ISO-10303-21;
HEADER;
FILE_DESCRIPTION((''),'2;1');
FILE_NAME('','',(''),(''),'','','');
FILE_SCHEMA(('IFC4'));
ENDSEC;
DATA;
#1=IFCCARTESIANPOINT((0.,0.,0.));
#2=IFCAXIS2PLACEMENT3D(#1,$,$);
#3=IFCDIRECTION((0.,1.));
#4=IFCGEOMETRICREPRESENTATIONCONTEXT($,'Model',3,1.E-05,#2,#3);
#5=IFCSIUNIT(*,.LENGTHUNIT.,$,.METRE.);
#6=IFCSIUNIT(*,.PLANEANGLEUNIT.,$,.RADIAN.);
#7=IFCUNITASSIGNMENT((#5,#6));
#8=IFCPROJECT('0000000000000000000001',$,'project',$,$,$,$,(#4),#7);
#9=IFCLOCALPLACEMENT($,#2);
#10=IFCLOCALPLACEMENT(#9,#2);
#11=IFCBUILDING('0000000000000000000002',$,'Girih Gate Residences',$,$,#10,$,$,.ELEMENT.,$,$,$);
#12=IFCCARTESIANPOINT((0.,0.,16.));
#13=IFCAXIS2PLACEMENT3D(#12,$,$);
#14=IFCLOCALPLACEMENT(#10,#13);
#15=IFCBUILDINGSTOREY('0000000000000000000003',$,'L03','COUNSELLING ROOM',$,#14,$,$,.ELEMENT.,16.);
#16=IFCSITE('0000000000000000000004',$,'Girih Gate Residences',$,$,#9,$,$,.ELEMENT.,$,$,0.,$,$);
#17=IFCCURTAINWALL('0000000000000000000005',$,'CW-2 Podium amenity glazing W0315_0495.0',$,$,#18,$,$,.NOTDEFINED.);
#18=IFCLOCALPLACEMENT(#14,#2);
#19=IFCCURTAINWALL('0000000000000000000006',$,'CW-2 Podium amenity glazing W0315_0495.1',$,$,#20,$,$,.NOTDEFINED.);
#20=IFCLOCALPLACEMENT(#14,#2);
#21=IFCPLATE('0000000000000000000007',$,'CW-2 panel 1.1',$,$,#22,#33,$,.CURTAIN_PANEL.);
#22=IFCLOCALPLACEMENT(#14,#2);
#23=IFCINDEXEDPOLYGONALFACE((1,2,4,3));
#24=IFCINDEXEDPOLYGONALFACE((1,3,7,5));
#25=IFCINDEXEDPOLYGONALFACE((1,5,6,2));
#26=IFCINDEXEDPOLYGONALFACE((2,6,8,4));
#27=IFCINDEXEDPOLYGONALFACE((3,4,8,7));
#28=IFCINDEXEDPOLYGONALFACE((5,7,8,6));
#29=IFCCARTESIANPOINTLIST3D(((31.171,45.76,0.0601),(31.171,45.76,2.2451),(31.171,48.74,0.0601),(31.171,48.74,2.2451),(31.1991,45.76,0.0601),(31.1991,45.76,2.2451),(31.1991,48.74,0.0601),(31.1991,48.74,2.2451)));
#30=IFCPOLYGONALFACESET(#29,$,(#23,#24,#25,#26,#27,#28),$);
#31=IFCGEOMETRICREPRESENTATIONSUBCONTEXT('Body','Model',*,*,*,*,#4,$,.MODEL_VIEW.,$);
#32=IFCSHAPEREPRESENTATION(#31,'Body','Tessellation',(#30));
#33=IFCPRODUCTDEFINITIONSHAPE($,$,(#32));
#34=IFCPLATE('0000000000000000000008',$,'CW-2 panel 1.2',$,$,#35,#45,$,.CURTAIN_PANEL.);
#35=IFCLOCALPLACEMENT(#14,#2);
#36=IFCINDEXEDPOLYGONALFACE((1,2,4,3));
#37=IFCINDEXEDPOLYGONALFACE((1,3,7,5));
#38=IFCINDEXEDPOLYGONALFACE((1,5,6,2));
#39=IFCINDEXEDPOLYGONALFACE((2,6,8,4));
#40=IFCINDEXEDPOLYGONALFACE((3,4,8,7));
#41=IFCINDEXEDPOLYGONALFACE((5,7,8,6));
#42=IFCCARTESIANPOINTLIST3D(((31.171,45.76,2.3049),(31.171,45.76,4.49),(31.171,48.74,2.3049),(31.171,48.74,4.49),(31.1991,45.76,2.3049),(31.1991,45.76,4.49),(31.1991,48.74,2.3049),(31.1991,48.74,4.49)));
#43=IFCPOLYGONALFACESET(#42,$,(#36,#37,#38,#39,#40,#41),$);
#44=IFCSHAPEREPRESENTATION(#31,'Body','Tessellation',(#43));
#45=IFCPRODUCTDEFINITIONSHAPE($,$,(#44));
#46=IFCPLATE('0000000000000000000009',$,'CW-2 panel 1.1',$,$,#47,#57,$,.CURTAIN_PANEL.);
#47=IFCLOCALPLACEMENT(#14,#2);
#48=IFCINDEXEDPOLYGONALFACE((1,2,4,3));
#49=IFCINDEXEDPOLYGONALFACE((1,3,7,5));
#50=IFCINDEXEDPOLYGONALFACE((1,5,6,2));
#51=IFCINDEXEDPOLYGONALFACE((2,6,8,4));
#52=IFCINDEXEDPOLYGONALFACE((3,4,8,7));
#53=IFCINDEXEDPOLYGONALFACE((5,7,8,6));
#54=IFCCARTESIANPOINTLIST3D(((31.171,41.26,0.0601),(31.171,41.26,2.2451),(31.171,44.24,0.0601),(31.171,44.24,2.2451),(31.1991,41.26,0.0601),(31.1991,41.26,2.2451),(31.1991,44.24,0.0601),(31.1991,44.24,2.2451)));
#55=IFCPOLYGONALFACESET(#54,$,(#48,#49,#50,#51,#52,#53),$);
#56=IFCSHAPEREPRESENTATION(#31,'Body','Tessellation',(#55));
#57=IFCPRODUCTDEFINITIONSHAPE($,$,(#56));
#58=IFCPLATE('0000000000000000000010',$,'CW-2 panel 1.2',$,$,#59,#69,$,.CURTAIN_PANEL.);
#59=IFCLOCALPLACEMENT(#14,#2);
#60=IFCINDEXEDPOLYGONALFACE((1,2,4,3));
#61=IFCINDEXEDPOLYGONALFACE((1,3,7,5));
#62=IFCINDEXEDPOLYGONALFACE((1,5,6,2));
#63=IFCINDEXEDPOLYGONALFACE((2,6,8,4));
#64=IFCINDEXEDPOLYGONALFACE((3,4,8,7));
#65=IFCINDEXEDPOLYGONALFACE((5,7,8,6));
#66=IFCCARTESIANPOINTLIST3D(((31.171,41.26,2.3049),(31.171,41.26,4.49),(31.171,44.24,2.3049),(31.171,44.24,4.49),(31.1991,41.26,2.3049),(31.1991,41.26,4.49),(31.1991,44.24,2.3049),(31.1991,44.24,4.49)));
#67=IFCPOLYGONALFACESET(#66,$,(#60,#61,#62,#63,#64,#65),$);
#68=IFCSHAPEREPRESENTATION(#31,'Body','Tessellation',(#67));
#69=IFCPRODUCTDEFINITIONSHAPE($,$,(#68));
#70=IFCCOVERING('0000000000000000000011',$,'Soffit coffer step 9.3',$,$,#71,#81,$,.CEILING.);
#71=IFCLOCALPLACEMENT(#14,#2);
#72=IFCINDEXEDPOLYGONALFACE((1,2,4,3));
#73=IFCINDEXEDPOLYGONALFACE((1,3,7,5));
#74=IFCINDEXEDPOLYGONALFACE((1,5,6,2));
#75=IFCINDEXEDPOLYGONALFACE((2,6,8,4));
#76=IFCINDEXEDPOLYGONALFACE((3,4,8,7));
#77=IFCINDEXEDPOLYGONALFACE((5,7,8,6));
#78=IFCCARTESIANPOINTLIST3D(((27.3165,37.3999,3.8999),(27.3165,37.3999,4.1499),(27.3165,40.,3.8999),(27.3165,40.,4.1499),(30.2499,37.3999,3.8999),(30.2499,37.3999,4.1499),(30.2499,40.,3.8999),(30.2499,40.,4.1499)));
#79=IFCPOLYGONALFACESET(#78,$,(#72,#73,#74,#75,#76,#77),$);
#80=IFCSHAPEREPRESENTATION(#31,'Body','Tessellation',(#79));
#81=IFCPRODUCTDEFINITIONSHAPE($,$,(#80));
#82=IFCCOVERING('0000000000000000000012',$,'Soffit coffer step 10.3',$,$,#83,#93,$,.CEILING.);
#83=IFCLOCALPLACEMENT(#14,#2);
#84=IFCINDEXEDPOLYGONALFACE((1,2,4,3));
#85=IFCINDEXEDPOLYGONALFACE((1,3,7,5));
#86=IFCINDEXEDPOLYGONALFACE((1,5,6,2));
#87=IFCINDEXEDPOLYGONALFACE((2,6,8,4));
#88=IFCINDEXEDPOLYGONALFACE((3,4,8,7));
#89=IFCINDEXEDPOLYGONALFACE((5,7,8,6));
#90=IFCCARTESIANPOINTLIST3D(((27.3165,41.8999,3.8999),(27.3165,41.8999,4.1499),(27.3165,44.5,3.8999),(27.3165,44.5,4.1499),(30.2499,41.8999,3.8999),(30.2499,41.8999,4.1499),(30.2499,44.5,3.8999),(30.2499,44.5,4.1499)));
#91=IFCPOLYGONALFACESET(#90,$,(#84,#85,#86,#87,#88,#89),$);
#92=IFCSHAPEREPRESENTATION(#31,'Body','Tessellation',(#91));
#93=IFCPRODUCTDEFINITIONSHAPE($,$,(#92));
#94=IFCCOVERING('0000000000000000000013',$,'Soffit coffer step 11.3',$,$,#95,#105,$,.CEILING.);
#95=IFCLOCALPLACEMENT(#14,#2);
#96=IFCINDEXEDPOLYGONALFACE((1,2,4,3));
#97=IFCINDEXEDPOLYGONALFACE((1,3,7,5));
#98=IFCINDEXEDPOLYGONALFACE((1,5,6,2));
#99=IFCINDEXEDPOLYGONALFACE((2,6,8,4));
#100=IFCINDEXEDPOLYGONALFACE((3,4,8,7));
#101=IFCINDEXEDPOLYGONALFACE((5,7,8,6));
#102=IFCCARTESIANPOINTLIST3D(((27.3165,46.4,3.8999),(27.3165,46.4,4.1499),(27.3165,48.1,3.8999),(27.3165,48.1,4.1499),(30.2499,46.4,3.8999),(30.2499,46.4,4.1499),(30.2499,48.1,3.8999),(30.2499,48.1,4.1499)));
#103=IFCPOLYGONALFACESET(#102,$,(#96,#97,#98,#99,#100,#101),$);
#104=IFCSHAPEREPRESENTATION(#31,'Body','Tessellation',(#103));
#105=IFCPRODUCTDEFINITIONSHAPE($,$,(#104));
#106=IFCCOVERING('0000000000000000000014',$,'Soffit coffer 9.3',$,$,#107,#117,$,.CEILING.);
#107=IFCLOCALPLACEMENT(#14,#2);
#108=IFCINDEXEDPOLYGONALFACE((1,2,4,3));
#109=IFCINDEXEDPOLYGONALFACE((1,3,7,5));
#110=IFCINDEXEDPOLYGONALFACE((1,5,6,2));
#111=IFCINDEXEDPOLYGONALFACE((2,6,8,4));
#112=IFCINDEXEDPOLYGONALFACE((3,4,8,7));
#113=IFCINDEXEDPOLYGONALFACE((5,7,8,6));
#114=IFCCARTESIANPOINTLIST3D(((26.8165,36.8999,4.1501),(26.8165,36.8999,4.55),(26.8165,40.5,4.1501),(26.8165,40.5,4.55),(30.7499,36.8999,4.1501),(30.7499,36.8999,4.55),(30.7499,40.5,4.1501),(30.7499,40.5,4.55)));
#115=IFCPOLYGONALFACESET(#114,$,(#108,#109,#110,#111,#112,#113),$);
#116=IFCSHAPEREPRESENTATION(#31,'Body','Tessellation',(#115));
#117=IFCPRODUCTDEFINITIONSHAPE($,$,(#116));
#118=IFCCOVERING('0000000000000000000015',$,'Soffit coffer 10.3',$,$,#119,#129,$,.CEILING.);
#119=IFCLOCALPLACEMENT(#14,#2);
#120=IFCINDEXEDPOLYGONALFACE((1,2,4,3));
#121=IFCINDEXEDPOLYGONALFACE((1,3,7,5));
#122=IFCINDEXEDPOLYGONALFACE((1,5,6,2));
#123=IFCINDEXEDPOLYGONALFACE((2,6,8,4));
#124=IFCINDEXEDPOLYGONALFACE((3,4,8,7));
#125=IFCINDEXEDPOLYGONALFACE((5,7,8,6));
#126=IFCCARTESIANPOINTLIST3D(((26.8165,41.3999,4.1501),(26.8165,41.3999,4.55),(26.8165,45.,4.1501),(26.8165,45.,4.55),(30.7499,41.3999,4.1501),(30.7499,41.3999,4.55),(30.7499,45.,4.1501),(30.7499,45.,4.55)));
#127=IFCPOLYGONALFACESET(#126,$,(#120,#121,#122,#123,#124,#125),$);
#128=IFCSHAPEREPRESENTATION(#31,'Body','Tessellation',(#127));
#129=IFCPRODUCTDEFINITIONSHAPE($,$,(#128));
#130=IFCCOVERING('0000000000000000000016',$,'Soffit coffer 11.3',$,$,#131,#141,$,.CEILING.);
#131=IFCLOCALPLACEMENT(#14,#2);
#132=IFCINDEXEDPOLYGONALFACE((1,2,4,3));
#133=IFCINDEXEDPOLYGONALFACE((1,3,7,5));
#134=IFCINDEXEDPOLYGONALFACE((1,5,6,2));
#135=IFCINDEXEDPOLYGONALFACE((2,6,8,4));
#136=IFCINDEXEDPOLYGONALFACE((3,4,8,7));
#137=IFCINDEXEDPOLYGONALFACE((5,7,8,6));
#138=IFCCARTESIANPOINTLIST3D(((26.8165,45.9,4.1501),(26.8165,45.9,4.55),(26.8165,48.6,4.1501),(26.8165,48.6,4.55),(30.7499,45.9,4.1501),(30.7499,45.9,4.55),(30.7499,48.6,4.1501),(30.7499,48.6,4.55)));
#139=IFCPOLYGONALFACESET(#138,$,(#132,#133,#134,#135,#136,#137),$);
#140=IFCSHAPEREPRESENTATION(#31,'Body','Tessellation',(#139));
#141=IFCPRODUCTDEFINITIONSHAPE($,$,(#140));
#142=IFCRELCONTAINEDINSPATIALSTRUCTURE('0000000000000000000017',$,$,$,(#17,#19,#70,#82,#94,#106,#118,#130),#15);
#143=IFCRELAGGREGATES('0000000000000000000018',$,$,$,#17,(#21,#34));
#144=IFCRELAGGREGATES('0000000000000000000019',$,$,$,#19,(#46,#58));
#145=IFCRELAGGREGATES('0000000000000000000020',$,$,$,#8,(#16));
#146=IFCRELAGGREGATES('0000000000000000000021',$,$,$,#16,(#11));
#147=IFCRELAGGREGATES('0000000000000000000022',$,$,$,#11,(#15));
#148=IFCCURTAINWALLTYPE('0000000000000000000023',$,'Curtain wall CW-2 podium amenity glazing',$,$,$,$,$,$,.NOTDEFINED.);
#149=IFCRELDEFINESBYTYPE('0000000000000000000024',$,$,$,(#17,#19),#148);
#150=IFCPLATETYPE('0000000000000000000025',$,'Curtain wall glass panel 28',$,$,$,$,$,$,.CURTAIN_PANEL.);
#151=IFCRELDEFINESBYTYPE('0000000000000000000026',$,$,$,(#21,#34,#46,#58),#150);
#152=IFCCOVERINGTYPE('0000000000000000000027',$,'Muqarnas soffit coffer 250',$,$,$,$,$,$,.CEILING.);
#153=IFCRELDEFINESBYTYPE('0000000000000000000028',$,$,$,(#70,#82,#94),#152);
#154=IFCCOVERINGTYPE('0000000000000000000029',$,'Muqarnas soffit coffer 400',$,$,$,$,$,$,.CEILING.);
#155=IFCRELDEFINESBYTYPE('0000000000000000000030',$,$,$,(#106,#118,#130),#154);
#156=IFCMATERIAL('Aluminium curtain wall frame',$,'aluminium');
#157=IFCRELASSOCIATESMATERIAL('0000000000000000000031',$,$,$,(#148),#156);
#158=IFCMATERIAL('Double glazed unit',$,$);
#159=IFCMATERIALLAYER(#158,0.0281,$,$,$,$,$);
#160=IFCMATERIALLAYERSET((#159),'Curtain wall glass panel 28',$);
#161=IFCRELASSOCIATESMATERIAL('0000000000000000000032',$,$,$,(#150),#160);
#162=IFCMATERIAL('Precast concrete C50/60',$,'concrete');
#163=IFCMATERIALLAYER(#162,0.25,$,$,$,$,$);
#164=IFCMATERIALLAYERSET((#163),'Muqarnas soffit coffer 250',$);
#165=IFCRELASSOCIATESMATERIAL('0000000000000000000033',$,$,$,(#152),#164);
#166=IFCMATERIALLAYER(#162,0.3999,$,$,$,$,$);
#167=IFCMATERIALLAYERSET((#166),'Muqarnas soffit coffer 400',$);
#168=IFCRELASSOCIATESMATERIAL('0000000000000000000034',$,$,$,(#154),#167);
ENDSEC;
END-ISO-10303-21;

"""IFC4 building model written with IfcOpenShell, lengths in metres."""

from ifc_helpers import new_model, si_unit, direction, frame, origin, origin_2d, place, context, subcontext, project, spatial, rectangle, extrude, material, layer, layer_set, type_object, element, aggregate, save


model = new_model("IFC4")

# Units and contexts
model_context = context("Model", 3, precision=1e-05, world=origin(), true_north=direction((0.0, 1.0)))
body_context = subcontext(model_context, "Body", "Model", "MODEL_VIEW")
ifc_project = project(units=[si_unit("LENGTHUNIT", "METRE"), si_unit("PLANEANGLEUNIT", "RADIAN")], contexts=[model_context])

# Site, building, storey
site_placement = place(None, origin())
site = spatial("IfcSite", under=ifc_project, at=site_placement, Name="Girih Gate Residences", CompositionType="ELEMENT", RefElevation=0.0)
building_placement = place(site_placement, origin())
building = spatial("IfcBuilding", under=site, at=building_placement, Name="Girih Gate Residences", CompositionType="ELEMENT")
storey_placement = place(building_placement, frame((0.0, 0.0, 16.0)))
storey = spatial("IfcBuildingStorey", under=building, at=storey_placement, Name="L03", Description="COUNSELLING ROOM", CompositionType="ELEMENT", Elevation=16.0)

# Curtain walls
ifc_material_1 = material(Name="Aluminium curtain wall frame", Category="aluminium")
curtain_wall_type = type_object("IfcCurtainWallType", Name="Curtain wall CW-2 podium amenity glazing", PredefinedType="NOTDEFINED", material=ifc_material_1)
curtain_wall_1_placement = place(storey_placement, origin())
curtain_wall_1 = element("IfcCurtainWall", 1, at=curtain_wall_1_placement, inside=storey, type_object=curtain_wall_type, Name="CW-2 Podium amenity glazing W0315_0495.0", PredefinedType="NOTDEFINED")
curtain_wall_2_placement = place(storey_placement, origin())
curtain_wall_2 = element("IfcCurtainWall", 2, at=curtain_wall_2_placement, inside=storey, type_object=curtain_wall_type, Name="CW-2 Podium amenity glazing W0315_0495.1", PredefinedType="NOTDEFINED")

# Plates
ifc_material_2 = material(Name="Double glazed unit")
ifc_layer_1 = layer(ifc_material_2, 0.0281)
ifc_layer_set_1 = layer_set([ifc_layer_1], Name="Curtain wall glass panel 28")
plate_type = type_object("IfcPlateType", Name="Curtain wall glass panel 28", PredefinedType="CURTAIN_PANEL", material=ifc_layer_set_1)
plate_1_placement = place(storey_placement, frame((31.1851, 47.25, 0.0601), z_axis=(0.0, 0.0, 1.0), x_axis=(0.0, -1.0, 0.0)))
plate_1 = element("IfcPlate", 3, at=plate_1_placement, type_object=plate_type, Name="CW-2 panel 1.1", PredefinedType="CURTAIN_PANEL", context=body_context, shape_type="SweptSolid", body=[
    extrude(rectangle(XDim=2.98, YDim=0.0281, at=origin_2d()), origin(), (0.0, 0.0, 1.0), 2.1851),
])
plate_2_placement = place(storey_placement, frame((31.1851, 47.25, 2.3049), z_axis=(0.0, 0.0, 1.0), x_axis=(0.0, -1.0, 0.0)))
plate_2 = element("IfcPlate", 4, at=plate_2_placement, type_object=plate_type, Name="CW-2 panel 1.2", PredefinedType="CURTAIN_PANEL", context=body_context, shape_type="SweptSolid", body=[
    extrude(rectangle(XDim=2.98, YDim=0.0281, at=origin_2d()), origin(), (0.0, 0.0, 1.0), 2.1851),
])
aggregate(curtain_wall_1, [plate_1, plate_2])
plate_3_placement = place(storey_placement, frame((31.1851, 42.75, 0.0601), z_axis=(0.0, 0.0, 1.0), x_axis=(0.0, -1.0, 0.0)))
plate_3 = element("IfcPlate", 5, at=plate_3_placement, type_object=plate_type, Name="CW-2 panel 1.1", PredefinedType="CURTAIN_PANEL", context=body_context, shape_type="SweptSolid", body=[
    extrude(rectangle(XDim=2.98, YDim=0.0281, at=origin_2d()), origin(), (0.0, 0.0, 1.0), 2.1851),
])
plate_4_placement = place(storey_placement, frame((31.1851, 42.75, 2.3049), z_axis=(0.0, 0.0, 1.0), x_axis=(0.0, -1.0, 0.0)))
plate_4 = element("IfcPlate", 6, at=plate_4_placement, type_object=plate_type, Name="CW-2 panel 1.2", PredefinedType="CURTAIN_PANEL", context=body_context, shape_type="SweptSolid", body=[
    extrude(rectangle(XDim=2.98, YDim=0.0281, at=origin_2d()), origin(), (0.0, 0.0, 1.0), 2.1851),
])
aggregate(curtain_wall_2, [plate_3, plate_4])

# Coverings
ifc_material_3 = material(Name="Precast concrete C50/60", Category="concrete")
ifc_layer_2 = layer(ifc_material_3, 0.25)
ifc_layer_set_2 = layer_set([ifc_layer_2], Name="Muqarnas soffit coffer 250")
covering_type_1 = type_object("IfcCoveringType", Name="Muqarnas soffit coffer 250", PredefinedType="CEILING", material=ifc_layer_set_2)
for number, where, z_axis, x_axis, name in (
    (7, (28.7832, 38.7, 3.8999), (0.0, 0.0, 1.0), (1.0, 0.0, 0.0), "Soffit coffer step 9.3"),
    (8, (28.7832, 43.2, 3.8999), (0.0, 0.0, 1.0), (1.0, 0.0, 0.0), "Soffit coffer step 10.3"),
):
    element("IfcCovering", number, at=place(storey_placement, frame(where, z_axis=z_axis, x_axis=x_axis)), inside=storey, type_object=covering_type_1, Name=name, PredefinedType="CEILING", context=body_context, shape_type="SweptSolid", body=[
        extrude(rectangle(XDim=2.9333, YDim=2.6001, at=origin_2d()), origin(), (0.0, 0.0, 1.0), 0.25),
    ])
covering_1_placement = place(storey_placement, frame((28.7832, 47.25, 3.8999), z_axis=(0.0, 0.0, 1.0), x_axis=(1.0, 0.0, 0.0)))
element("IfcCovering", 9, at=covering_1_placement, inside=storey, type_object=covering_type_1, Name="Soffit coffer step 11.3", PredefinedType="CEILING", context=body_context, shape_type="SweptSolid", body=[
    extrude(rectangle(XDim=2.9333, YDim=1.7, at=origin_2d()), origin(), (0.0, 0.0, 1.0), 0.25),
])
ifc_layer_3 = layer(ifc_material_3, 0.3999)
ifc_layer_set_3 = layer_set([ifc_layer_3], Name="Muqarnas soffit coffer 400")
covering_type_2 = type_object("IfcCoveringType", Name="Muqarnas soffit coffer 400", PredefinedType="CEILING", material=ifc_layer_set_3)
for number, where, z_axis, x_axis, name in (
    (10, (28.7832, 38.7, 4.1501), (0.0, 0.0, 1.0), (1.0, 0.0, 0.0), "Soffit coffer 9.3"),
    (11, (28.7832, 43.2, 4.1501), (0.0, 0.0, 1.0), (1.0, 0.0, 0.0), "Soffit coffer 10.3"),
):
    element("IfcCovering", number, at=place(storey_placement, frame(where, z_axis=z_axis, x_axis=x_axis)), inside=storey, type_object=covering_type_2, Name=name, PredefinedType="CEILING", context=body_context, shape_type="SweptSolid", body=[
        extrude(rectangle(XDim=3.9333, YDim=3.6001, at=origin_2d()), origin(), (0.0, 0.0, 1.0), 0.3999),
    ])
covering_2_placement = place(storey_placement, frame((28.7832, 47.25, 4.1501), z_axis=(0.0, 0.0, 1.0), x_axis=(1.0, 0.0, 0.0)))
element("IfcCovering", 12, at=covering_2_placement, inside=storey, type_object=covering_type_2, Name="Soffit coffer 11.3", PredefinedType="CEILING", context=body_context, shape_type="SweptSolid", body=[
    extrude(rectangle(XDim=3.9333, YDim=2.7, at=origin_2d()), origin(), (0.0, 0.0, 1.0), 0.3999),
])

save(model, "model.ifc")
